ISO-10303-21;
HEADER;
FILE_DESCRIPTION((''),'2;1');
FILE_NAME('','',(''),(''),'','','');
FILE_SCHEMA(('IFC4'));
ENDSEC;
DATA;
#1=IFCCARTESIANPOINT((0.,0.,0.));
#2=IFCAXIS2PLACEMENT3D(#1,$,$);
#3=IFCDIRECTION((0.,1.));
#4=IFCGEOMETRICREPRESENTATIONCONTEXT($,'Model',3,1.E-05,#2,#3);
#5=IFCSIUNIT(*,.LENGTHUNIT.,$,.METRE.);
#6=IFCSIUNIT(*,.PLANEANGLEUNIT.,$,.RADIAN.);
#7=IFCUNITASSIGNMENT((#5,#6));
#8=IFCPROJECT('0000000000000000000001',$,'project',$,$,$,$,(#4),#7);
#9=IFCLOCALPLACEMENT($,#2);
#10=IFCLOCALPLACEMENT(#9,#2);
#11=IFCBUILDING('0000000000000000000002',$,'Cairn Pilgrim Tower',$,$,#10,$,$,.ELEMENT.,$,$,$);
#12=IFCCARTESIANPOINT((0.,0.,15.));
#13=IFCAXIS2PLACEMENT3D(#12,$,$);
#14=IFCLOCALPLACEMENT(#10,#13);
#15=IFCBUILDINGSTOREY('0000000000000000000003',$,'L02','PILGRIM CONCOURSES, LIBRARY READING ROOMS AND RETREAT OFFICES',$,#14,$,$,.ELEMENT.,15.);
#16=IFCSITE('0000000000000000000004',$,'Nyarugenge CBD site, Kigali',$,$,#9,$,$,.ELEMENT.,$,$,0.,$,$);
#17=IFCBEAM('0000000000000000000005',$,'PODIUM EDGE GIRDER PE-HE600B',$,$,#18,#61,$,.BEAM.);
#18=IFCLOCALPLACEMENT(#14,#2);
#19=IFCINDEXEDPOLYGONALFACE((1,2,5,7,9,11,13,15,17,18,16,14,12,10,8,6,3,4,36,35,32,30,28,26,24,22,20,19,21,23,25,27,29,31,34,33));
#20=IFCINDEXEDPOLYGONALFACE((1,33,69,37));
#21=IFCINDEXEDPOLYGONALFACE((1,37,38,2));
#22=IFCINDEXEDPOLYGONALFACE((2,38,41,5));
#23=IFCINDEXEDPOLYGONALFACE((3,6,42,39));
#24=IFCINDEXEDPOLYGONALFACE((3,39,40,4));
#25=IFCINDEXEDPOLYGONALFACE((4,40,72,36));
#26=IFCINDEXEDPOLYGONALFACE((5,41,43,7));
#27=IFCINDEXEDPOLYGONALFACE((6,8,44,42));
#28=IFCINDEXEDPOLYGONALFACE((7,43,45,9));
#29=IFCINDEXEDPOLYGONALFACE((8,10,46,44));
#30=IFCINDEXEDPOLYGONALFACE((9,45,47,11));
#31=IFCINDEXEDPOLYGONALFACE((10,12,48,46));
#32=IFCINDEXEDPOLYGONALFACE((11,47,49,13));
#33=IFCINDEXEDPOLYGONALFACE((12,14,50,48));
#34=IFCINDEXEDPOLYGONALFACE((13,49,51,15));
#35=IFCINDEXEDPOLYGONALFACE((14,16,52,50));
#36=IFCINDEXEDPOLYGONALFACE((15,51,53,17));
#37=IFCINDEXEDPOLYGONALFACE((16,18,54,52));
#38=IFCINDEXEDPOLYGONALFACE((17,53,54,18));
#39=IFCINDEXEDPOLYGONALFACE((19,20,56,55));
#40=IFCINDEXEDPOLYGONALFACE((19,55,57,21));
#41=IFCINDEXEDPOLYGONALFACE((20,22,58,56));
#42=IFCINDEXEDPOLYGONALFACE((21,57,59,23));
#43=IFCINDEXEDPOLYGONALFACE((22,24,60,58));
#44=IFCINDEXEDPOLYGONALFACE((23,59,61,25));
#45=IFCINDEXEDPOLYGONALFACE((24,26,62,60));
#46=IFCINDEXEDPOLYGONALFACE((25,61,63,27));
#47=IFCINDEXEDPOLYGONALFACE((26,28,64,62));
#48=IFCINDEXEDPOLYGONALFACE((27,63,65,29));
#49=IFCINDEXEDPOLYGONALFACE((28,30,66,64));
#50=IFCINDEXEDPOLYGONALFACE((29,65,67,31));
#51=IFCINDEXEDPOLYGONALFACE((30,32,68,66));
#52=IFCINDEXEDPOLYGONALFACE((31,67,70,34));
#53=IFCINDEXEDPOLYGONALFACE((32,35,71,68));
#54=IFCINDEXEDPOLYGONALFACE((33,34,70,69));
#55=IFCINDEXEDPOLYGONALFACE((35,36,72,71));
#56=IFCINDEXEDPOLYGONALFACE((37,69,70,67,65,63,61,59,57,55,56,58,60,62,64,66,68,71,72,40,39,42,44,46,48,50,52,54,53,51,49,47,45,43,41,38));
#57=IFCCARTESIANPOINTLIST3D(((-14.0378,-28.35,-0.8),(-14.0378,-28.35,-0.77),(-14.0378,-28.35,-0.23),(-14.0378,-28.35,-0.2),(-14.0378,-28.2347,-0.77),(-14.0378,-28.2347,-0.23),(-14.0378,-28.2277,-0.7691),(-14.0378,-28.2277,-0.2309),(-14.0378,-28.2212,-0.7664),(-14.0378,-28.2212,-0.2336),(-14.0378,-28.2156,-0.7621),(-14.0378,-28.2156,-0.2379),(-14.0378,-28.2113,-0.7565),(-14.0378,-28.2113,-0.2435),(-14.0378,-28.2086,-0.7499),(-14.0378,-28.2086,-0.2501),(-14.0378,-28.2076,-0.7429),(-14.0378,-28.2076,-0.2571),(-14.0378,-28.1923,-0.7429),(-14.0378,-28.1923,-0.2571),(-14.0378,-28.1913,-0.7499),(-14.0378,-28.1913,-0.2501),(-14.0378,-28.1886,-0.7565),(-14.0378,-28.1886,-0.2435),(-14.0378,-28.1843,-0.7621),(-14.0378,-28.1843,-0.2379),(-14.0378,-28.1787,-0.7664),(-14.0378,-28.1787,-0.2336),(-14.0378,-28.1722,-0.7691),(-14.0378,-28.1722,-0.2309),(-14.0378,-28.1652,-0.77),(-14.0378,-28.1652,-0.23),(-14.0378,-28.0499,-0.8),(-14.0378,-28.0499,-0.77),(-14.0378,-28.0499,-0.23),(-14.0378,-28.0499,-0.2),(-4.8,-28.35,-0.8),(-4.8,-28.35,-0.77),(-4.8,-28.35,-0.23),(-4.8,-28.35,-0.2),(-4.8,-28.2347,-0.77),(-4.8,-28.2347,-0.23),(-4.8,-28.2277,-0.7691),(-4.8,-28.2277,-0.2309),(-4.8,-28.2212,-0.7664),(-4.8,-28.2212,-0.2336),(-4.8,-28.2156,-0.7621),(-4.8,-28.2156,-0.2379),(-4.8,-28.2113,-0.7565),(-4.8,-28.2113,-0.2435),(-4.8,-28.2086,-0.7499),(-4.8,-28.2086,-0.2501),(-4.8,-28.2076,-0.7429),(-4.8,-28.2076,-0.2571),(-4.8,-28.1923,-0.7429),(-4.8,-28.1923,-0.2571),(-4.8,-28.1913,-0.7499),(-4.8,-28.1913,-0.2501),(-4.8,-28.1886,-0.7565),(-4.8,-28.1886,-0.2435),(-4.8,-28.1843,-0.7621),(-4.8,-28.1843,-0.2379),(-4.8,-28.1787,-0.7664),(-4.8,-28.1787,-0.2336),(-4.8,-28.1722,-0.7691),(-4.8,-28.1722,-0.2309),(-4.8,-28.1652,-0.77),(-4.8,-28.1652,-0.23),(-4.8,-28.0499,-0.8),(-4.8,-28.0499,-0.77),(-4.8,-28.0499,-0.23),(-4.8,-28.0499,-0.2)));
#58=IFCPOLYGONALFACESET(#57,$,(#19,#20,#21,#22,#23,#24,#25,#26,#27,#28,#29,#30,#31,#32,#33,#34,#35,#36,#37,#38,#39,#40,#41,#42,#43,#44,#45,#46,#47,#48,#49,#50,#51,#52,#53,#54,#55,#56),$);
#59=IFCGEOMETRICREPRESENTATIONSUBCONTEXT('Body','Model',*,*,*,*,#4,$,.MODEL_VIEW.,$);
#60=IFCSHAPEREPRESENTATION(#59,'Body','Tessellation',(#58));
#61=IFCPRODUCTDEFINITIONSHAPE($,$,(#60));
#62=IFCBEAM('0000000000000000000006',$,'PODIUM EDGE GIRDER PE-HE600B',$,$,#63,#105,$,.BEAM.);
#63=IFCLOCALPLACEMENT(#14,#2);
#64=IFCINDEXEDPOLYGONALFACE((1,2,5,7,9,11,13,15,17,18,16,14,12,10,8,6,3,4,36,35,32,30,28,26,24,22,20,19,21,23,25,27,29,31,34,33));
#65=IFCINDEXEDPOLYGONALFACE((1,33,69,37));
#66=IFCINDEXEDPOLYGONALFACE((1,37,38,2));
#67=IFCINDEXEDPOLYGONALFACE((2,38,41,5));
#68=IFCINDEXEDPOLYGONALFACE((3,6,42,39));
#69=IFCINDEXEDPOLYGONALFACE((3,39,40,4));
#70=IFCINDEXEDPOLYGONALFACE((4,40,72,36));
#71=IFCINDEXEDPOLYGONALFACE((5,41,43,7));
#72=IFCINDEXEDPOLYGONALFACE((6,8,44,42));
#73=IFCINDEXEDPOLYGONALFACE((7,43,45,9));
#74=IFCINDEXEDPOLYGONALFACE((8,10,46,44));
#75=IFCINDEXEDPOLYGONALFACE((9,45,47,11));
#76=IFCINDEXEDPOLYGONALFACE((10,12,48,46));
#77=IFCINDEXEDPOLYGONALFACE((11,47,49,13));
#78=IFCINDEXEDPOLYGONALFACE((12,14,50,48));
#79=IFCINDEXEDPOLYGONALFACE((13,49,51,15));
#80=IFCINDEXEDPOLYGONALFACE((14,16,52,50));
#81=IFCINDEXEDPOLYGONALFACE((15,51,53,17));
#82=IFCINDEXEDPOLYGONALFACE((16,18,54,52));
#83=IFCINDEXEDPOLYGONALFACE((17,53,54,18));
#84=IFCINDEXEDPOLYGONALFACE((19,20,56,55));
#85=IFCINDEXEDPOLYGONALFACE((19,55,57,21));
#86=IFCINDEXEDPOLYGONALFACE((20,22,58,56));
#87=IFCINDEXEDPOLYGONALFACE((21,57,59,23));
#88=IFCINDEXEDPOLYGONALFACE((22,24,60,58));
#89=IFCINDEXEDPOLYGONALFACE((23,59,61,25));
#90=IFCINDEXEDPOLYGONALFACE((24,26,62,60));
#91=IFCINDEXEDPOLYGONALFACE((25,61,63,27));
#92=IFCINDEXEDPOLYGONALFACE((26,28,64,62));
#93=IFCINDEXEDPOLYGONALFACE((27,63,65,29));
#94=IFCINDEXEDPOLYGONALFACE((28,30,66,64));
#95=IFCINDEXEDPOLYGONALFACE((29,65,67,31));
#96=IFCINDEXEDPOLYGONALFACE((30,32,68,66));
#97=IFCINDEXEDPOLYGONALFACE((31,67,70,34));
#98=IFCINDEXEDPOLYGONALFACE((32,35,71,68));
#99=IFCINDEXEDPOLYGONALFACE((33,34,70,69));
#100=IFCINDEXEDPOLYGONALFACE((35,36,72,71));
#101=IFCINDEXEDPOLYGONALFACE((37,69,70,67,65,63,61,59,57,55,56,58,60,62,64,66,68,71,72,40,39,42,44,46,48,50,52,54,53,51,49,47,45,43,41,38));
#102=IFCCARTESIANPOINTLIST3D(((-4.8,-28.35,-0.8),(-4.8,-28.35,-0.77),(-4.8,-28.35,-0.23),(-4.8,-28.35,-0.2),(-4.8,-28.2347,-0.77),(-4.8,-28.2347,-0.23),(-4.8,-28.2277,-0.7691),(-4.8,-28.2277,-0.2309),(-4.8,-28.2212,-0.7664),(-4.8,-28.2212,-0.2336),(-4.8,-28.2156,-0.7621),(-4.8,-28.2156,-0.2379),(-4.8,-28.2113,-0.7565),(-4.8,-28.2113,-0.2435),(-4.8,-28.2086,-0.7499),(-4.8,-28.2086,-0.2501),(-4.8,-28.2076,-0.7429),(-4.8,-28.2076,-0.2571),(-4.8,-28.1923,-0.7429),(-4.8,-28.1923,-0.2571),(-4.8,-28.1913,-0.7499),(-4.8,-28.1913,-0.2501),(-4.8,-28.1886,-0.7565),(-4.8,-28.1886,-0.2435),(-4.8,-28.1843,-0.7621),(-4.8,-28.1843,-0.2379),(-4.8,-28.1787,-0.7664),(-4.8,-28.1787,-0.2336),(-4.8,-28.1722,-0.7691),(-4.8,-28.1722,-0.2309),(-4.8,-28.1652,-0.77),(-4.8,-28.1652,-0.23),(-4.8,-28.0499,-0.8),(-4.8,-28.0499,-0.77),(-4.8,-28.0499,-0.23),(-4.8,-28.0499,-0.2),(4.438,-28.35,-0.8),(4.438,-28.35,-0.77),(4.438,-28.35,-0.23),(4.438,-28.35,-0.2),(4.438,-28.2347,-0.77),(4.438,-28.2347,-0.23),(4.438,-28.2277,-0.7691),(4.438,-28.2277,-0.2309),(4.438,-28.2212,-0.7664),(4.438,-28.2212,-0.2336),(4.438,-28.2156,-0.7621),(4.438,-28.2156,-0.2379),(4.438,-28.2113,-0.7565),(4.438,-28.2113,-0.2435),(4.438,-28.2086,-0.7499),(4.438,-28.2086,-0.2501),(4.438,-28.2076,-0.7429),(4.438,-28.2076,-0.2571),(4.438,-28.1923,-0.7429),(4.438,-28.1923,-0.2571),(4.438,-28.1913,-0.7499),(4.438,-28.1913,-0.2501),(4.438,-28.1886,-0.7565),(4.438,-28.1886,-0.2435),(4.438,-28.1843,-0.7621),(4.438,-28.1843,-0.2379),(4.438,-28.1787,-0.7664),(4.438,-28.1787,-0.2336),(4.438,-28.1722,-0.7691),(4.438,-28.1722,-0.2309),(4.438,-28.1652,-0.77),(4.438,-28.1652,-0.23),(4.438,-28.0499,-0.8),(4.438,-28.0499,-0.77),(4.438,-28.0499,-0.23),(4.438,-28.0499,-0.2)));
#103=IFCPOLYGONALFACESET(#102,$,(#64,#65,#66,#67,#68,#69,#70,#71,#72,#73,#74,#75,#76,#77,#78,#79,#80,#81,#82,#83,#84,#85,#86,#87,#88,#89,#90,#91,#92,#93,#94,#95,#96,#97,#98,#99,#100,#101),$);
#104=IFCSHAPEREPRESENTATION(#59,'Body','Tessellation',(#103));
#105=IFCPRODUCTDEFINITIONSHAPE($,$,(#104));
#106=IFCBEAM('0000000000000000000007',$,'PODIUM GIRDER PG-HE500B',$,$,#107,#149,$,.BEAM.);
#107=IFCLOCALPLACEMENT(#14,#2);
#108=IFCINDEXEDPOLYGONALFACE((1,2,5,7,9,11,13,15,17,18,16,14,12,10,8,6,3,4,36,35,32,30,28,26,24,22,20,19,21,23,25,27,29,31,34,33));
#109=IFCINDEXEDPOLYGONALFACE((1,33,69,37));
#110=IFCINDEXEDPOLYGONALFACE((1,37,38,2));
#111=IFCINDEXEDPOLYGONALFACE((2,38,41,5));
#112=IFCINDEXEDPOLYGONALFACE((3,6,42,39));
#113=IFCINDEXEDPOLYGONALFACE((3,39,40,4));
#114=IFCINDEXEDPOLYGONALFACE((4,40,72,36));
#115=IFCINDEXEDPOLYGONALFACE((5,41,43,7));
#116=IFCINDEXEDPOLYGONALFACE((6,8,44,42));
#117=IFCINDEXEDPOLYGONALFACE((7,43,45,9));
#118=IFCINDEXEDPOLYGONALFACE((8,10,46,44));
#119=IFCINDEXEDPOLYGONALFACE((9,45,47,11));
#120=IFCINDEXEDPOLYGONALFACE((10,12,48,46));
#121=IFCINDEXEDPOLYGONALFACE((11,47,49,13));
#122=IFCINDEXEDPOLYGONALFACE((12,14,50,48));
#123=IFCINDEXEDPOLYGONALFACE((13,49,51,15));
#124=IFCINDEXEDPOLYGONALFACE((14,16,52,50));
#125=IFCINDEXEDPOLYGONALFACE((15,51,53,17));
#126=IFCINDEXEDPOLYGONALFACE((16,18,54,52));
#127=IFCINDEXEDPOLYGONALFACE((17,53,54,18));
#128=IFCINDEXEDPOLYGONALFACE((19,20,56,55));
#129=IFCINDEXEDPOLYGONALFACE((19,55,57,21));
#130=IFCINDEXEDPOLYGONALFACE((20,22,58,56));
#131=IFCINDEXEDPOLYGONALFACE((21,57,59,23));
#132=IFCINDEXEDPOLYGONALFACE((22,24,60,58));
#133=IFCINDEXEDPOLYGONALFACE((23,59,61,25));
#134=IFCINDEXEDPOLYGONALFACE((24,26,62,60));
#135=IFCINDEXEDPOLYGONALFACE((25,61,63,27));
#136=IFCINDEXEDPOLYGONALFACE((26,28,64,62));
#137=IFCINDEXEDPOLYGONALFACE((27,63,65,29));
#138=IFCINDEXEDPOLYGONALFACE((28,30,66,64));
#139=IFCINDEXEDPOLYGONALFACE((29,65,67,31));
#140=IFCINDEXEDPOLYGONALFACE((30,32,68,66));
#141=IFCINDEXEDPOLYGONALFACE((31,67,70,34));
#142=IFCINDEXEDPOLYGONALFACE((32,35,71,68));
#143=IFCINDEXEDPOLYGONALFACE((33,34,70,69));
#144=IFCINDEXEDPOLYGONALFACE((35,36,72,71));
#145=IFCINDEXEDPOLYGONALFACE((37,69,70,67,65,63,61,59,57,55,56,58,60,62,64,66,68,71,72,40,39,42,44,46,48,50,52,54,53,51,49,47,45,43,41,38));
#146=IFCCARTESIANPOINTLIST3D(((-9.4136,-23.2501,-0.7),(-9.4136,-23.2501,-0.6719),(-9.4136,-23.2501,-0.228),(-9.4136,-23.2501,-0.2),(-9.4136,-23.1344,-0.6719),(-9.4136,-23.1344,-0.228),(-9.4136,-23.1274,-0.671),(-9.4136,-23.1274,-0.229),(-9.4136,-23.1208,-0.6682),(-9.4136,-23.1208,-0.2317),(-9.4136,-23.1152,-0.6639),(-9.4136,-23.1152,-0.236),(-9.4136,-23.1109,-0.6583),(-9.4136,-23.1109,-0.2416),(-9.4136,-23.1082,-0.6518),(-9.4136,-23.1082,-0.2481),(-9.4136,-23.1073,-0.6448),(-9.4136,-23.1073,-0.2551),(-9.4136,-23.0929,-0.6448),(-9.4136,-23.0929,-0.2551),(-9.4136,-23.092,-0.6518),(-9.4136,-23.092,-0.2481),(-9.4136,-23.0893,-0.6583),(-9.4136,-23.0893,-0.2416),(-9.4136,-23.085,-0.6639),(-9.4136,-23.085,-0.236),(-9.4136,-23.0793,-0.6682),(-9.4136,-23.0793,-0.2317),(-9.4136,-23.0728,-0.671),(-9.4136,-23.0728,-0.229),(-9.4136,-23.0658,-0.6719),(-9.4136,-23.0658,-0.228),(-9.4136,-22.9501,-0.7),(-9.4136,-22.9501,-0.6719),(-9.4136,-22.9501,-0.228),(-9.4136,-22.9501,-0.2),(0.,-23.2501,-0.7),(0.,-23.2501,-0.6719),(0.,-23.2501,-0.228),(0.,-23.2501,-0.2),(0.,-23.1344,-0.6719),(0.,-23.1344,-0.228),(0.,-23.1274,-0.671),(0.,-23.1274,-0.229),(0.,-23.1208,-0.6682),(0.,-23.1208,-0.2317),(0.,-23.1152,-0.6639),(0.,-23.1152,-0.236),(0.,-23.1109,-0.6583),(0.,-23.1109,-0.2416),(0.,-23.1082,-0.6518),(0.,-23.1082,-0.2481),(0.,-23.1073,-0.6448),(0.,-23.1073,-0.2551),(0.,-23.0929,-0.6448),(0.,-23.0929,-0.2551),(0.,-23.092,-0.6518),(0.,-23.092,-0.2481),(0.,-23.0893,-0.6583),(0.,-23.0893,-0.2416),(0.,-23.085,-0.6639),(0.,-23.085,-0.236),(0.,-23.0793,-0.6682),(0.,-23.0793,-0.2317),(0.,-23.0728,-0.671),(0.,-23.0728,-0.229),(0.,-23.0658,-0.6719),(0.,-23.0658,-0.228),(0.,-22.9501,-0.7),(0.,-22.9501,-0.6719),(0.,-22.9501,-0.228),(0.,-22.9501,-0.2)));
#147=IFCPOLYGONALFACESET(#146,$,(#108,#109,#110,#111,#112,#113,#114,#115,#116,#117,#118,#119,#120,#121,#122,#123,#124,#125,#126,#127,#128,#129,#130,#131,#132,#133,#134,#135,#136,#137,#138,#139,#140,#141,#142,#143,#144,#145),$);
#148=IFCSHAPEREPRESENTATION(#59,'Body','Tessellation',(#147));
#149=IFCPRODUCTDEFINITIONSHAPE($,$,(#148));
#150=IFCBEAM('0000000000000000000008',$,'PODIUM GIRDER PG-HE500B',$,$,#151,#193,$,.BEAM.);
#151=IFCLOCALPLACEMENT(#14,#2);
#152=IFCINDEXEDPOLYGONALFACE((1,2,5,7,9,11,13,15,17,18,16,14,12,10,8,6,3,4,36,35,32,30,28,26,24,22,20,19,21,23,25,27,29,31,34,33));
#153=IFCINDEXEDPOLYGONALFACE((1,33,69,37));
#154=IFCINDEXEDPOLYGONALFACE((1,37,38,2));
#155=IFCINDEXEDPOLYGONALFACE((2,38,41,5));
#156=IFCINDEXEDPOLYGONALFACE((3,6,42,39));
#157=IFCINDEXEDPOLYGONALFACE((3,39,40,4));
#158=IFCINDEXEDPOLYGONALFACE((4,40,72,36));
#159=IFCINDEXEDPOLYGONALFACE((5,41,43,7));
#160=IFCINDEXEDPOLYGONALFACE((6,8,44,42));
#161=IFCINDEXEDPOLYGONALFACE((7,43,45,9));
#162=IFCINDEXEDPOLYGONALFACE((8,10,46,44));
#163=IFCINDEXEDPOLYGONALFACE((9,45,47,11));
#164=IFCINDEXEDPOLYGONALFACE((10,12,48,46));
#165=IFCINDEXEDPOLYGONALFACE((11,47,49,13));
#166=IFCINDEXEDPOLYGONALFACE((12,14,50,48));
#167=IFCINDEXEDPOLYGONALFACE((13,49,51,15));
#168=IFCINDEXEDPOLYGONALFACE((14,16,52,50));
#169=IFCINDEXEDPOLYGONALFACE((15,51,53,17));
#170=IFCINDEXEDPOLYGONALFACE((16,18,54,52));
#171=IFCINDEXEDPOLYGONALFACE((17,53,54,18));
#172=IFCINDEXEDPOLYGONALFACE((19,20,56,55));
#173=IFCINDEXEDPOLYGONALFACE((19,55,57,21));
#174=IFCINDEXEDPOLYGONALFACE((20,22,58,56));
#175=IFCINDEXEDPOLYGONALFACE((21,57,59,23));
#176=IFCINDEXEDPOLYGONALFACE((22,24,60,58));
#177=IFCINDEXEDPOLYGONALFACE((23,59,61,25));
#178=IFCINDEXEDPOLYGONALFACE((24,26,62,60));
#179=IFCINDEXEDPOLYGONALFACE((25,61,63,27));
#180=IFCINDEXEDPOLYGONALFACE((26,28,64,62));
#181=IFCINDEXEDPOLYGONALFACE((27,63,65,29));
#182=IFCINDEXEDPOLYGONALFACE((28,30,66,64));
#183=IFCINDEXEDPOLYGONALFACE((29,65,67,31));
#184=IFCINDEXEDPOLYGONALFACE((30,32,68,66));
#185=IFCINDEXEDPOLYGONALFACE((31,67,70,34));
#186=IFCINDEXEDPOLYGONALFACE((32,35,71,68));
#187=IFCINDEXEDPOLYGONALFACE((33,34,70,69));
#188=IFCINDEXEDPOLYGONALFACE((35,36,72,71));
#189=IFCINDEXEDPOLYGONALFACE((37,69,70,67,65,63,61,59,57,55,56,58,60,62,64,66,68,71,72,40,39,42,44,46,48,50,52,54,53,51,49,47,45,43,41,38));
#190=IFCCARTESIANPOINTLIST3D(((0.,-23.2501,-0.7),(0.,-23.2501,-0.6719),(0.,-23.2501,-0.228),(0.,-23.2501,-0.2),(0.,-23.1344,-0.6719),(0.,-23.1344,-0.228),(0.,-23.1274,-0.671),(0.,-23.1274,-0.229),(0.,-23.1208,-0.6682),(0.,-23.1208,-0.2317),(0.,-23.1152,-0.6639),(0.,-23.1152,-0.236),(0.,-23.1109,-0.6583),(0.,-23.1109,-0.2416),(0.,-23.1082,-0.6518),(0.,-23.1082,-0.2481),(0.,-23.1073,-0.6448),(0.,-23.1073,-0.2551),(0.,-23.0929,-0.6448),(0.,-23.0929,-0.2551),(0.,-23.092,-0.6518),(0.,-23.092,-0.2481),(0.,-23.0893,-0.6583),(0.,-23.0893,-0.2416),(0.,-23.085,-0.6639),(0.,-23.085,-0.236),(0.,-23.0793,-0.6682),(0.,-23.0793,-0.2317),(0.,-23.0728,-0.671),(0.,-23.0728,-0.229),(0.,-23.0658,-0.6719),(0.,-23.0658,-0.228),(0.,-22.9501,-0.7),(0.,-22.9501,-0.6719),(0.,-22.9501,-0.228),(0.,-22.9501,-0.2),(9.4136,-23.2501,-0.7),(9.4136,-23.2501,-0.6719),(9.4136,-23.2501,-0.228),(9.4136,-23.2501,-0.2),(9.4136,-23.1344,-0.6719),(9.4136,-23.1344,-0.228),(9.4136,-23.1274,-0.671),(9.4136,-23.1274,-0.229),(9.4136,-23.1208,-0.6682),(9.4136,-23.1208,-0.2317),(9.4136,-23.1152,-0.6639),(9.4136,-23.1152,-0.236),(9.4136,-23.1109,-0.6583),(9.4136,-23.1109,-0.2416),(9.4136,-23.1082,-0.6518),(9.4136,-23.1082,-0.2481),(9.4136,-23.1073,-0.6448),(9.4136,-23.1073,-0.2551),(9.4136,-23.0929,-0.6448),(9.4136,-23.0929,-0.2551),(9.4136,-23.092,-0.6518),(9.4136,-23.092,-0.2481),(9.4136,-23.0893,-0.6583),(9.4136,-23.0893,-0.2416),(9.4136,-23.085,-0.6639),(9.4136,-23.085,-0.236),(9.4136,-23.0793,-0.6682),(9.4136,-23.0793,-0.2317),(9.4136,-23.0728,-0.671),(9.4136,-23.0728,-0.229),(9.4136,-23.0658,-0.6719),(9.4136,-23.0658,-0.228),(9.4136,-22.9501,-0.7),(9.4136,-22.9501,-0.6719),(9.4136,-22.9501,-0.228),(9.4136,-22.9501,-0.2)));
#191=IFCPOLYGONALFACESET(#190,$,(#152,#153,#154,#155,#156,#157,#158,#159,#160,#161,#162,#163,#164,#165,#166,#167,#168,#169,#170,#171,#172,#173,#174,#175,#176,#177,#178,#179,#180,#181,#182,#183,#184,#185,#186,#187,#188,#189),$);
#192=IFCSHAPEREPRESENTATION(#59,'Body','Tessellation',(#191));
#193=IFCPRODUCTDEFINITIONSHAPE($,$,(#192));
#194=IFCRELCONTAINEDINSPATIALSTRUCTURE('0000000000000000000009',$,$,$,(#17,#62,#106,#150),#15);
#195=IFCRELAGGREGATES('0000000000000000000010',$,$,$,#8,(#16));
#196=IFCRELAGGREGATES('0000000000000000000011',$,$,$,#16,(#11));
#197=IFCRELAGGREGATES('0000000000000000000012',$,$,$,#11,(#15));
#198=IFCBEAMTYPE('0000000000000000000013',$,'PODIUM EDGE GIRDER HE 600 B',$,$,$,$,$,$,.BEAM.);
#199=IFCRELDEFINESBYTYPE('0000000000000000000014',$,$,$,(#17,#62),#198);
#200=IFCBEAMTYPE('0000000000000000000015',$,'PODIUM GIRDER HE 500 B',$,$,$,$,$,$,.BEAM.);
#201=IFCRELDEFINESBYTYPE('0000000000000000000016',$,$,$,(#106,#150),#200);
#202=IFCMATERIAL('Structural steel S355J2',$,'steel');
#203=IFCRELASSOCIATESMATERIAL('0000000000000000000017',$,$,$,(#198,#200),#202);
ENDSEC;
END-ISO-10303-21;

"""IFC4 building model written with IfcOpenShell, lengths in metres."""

from ifc_helpers import new_model, si_unit, direction, frame, origin, origin_2d, place, context, subcontext, project, spatial, i_section, extrude, material, material_profile, profile_set, type_object, element, save


model = new_model("IFC4")

# Units and contexts
model_context = context("Model", 3, precision=1e-05, world=origin(), true_north=direction((0.0, 1.0)))
body_context = subcontext(model_context, "Body", "Model", "MODEL_VIEW")
ifc_project = project(units=[si_unit("LENGTHUNIT", "METRE"), si_unit("PLANEANGLEUNIT", "RADIAN")], contexts=[model_context])

# Site, building, storey
site_placement = place(None, origin())
site = spatial("IfcSite", under=ifc_project, at=site_placement, Name="Nyarugenge CBD site, Kigali", CompositionType="ELEMENT", RefElevation=0.0)
building_placement = place(site_placement, origin())
building = spatial("IfcBuilding", under=site, at=building_placement, Name="Cairn Pilgrim Tower", CompositionType="ELEMENT")
storey_placement = place(building_placement, frame((0.0, 0.0, 15.0)))
storey = spatial("IfcBuildingStorey", under=building, at=storey_placement, Name="L02", Description="PILGRIM CONCOURSES, LIBRARY READING ROOMS AND RETREAT OFFICES", CompositionType="ELEMENT", Elevation=15.0)

# Beams
ifc_material_1 = material(Name="Structural steel S355J2", Category="steel")
ifc_material_profile_1 = material_profile(ifc_material_1, i_section(OverallWidth=0.3, OverallDepth=0.6001, WebThickness=0.0154, FlangeThickness=0.03, FilletRadius=0.0271, at=origin_2d()), Name="HEB 600")
ifc_profile_set_1 = profile_set([ifc_material_profile_1], Name="Structural steel S355J2")
beam_type_1 = type_object("IfcBeamType", Name="PODIUM EDGE GIRDER HE 600 B", PredefinedType="BEAM", material=ifc_profile_set_1)
beam_1_placement = place(storey_placement, frame((-14.0378, -28.2, -0.5), z_axis=(1.0, 0.0, 0.0), x_axis=(0.0, 1.0, 0.0)))
element("IfcBeam", 1, at=beam_1_placement, inside=storey, type_object=beam_type_1, Name="PODIUM EDGE GIRDER PE-HE600B", PredefinedType="BEAM", context=body_context, shape_type="SweptSolid", body=[
    extrude(i_section(OverallWidth=0.3, OverallDepth=0.6001, WebThickness=0.0154, FlangeThickness=0.03, FilletRadius=0.0271, at=origin_2d()), origin(), (0.0, 0.0, 1.0), 9.2378),
])
beam_2_placement = place(storey_placement, frame((-4.8, -28.2, -0.5), z_axis=(1.0, 0.0, 0.0), x_axis=(0.0, 1.0, 0.0)))
element("IfcBeam", 2, at=beam_2_placement, inside=storey, type_object=beam_type_1, Name="PODIUM EDGE GIRDER PE-HE600B", PredefinedType="BEAM", context=body_context, shape_type="SweptSolid", body=[
    extrude(i_section(OverallWidth=0.3, OverallDepth=0.6001, WebThickness=0.0154, FlangeThickness=0.03, FilletRadius=0.0271, at=origin_2d()), origin(), (0.0, 0.0, 1.0), 9.238),
])
ifc_material_profile_2 = material_profile(ifc_material_1, i_section(OverallWidth=0.3, OverallDepth=0.5, WebThickness=0.0144, FlangeThickness=0.0281, FilletRadius=0.0271, at=origin_2d()), Name="HEB 500")
ifc_profile_set_2 = profile_set([ifc_material_profile_2], Name="Structural steel S355J2")
beam_type_2 = type_object("IfcBeamType", Name="PODIUM GIRDER HE 500 B", PredefinedType="BEAM", material=ifc_profile_set_2)
for number, where, z_axis, x_axis, name in (
    (3, (-9.4136, -23.1001, -0.45), (1.0, 0.0, 0.0), (0.0, 1.0, 0.0), "PODIUM GIRDER PG-HE500B"),
    (4, (0.0, -23.1001, -0.45), (1.0, 0.0, 0.0), (0.0, 1.0, 0.0), "PODIUM GIRDER PG-HE500B"),
):
    element("IfcBeam", number, at=place(storey_placement, frame(where, z_axis=z_axis, x_axis=x_axis)), inside=storey, type_object=beam_type_2, Name=name, PredefinedType="BEAM", context=body_context, shape_type="SweptSolid", body=[
        extrude(i_section(OverallWidth=0.3, OverallDepth=0.5, WebThickness=0.0144, FlangeThickness=0.0281, FilletRadius=0.0271, at=origin_2d()), origin(), (0.0, 0.0, 1.0), 9.4136),
    ])

save(model, "model.ifc")
